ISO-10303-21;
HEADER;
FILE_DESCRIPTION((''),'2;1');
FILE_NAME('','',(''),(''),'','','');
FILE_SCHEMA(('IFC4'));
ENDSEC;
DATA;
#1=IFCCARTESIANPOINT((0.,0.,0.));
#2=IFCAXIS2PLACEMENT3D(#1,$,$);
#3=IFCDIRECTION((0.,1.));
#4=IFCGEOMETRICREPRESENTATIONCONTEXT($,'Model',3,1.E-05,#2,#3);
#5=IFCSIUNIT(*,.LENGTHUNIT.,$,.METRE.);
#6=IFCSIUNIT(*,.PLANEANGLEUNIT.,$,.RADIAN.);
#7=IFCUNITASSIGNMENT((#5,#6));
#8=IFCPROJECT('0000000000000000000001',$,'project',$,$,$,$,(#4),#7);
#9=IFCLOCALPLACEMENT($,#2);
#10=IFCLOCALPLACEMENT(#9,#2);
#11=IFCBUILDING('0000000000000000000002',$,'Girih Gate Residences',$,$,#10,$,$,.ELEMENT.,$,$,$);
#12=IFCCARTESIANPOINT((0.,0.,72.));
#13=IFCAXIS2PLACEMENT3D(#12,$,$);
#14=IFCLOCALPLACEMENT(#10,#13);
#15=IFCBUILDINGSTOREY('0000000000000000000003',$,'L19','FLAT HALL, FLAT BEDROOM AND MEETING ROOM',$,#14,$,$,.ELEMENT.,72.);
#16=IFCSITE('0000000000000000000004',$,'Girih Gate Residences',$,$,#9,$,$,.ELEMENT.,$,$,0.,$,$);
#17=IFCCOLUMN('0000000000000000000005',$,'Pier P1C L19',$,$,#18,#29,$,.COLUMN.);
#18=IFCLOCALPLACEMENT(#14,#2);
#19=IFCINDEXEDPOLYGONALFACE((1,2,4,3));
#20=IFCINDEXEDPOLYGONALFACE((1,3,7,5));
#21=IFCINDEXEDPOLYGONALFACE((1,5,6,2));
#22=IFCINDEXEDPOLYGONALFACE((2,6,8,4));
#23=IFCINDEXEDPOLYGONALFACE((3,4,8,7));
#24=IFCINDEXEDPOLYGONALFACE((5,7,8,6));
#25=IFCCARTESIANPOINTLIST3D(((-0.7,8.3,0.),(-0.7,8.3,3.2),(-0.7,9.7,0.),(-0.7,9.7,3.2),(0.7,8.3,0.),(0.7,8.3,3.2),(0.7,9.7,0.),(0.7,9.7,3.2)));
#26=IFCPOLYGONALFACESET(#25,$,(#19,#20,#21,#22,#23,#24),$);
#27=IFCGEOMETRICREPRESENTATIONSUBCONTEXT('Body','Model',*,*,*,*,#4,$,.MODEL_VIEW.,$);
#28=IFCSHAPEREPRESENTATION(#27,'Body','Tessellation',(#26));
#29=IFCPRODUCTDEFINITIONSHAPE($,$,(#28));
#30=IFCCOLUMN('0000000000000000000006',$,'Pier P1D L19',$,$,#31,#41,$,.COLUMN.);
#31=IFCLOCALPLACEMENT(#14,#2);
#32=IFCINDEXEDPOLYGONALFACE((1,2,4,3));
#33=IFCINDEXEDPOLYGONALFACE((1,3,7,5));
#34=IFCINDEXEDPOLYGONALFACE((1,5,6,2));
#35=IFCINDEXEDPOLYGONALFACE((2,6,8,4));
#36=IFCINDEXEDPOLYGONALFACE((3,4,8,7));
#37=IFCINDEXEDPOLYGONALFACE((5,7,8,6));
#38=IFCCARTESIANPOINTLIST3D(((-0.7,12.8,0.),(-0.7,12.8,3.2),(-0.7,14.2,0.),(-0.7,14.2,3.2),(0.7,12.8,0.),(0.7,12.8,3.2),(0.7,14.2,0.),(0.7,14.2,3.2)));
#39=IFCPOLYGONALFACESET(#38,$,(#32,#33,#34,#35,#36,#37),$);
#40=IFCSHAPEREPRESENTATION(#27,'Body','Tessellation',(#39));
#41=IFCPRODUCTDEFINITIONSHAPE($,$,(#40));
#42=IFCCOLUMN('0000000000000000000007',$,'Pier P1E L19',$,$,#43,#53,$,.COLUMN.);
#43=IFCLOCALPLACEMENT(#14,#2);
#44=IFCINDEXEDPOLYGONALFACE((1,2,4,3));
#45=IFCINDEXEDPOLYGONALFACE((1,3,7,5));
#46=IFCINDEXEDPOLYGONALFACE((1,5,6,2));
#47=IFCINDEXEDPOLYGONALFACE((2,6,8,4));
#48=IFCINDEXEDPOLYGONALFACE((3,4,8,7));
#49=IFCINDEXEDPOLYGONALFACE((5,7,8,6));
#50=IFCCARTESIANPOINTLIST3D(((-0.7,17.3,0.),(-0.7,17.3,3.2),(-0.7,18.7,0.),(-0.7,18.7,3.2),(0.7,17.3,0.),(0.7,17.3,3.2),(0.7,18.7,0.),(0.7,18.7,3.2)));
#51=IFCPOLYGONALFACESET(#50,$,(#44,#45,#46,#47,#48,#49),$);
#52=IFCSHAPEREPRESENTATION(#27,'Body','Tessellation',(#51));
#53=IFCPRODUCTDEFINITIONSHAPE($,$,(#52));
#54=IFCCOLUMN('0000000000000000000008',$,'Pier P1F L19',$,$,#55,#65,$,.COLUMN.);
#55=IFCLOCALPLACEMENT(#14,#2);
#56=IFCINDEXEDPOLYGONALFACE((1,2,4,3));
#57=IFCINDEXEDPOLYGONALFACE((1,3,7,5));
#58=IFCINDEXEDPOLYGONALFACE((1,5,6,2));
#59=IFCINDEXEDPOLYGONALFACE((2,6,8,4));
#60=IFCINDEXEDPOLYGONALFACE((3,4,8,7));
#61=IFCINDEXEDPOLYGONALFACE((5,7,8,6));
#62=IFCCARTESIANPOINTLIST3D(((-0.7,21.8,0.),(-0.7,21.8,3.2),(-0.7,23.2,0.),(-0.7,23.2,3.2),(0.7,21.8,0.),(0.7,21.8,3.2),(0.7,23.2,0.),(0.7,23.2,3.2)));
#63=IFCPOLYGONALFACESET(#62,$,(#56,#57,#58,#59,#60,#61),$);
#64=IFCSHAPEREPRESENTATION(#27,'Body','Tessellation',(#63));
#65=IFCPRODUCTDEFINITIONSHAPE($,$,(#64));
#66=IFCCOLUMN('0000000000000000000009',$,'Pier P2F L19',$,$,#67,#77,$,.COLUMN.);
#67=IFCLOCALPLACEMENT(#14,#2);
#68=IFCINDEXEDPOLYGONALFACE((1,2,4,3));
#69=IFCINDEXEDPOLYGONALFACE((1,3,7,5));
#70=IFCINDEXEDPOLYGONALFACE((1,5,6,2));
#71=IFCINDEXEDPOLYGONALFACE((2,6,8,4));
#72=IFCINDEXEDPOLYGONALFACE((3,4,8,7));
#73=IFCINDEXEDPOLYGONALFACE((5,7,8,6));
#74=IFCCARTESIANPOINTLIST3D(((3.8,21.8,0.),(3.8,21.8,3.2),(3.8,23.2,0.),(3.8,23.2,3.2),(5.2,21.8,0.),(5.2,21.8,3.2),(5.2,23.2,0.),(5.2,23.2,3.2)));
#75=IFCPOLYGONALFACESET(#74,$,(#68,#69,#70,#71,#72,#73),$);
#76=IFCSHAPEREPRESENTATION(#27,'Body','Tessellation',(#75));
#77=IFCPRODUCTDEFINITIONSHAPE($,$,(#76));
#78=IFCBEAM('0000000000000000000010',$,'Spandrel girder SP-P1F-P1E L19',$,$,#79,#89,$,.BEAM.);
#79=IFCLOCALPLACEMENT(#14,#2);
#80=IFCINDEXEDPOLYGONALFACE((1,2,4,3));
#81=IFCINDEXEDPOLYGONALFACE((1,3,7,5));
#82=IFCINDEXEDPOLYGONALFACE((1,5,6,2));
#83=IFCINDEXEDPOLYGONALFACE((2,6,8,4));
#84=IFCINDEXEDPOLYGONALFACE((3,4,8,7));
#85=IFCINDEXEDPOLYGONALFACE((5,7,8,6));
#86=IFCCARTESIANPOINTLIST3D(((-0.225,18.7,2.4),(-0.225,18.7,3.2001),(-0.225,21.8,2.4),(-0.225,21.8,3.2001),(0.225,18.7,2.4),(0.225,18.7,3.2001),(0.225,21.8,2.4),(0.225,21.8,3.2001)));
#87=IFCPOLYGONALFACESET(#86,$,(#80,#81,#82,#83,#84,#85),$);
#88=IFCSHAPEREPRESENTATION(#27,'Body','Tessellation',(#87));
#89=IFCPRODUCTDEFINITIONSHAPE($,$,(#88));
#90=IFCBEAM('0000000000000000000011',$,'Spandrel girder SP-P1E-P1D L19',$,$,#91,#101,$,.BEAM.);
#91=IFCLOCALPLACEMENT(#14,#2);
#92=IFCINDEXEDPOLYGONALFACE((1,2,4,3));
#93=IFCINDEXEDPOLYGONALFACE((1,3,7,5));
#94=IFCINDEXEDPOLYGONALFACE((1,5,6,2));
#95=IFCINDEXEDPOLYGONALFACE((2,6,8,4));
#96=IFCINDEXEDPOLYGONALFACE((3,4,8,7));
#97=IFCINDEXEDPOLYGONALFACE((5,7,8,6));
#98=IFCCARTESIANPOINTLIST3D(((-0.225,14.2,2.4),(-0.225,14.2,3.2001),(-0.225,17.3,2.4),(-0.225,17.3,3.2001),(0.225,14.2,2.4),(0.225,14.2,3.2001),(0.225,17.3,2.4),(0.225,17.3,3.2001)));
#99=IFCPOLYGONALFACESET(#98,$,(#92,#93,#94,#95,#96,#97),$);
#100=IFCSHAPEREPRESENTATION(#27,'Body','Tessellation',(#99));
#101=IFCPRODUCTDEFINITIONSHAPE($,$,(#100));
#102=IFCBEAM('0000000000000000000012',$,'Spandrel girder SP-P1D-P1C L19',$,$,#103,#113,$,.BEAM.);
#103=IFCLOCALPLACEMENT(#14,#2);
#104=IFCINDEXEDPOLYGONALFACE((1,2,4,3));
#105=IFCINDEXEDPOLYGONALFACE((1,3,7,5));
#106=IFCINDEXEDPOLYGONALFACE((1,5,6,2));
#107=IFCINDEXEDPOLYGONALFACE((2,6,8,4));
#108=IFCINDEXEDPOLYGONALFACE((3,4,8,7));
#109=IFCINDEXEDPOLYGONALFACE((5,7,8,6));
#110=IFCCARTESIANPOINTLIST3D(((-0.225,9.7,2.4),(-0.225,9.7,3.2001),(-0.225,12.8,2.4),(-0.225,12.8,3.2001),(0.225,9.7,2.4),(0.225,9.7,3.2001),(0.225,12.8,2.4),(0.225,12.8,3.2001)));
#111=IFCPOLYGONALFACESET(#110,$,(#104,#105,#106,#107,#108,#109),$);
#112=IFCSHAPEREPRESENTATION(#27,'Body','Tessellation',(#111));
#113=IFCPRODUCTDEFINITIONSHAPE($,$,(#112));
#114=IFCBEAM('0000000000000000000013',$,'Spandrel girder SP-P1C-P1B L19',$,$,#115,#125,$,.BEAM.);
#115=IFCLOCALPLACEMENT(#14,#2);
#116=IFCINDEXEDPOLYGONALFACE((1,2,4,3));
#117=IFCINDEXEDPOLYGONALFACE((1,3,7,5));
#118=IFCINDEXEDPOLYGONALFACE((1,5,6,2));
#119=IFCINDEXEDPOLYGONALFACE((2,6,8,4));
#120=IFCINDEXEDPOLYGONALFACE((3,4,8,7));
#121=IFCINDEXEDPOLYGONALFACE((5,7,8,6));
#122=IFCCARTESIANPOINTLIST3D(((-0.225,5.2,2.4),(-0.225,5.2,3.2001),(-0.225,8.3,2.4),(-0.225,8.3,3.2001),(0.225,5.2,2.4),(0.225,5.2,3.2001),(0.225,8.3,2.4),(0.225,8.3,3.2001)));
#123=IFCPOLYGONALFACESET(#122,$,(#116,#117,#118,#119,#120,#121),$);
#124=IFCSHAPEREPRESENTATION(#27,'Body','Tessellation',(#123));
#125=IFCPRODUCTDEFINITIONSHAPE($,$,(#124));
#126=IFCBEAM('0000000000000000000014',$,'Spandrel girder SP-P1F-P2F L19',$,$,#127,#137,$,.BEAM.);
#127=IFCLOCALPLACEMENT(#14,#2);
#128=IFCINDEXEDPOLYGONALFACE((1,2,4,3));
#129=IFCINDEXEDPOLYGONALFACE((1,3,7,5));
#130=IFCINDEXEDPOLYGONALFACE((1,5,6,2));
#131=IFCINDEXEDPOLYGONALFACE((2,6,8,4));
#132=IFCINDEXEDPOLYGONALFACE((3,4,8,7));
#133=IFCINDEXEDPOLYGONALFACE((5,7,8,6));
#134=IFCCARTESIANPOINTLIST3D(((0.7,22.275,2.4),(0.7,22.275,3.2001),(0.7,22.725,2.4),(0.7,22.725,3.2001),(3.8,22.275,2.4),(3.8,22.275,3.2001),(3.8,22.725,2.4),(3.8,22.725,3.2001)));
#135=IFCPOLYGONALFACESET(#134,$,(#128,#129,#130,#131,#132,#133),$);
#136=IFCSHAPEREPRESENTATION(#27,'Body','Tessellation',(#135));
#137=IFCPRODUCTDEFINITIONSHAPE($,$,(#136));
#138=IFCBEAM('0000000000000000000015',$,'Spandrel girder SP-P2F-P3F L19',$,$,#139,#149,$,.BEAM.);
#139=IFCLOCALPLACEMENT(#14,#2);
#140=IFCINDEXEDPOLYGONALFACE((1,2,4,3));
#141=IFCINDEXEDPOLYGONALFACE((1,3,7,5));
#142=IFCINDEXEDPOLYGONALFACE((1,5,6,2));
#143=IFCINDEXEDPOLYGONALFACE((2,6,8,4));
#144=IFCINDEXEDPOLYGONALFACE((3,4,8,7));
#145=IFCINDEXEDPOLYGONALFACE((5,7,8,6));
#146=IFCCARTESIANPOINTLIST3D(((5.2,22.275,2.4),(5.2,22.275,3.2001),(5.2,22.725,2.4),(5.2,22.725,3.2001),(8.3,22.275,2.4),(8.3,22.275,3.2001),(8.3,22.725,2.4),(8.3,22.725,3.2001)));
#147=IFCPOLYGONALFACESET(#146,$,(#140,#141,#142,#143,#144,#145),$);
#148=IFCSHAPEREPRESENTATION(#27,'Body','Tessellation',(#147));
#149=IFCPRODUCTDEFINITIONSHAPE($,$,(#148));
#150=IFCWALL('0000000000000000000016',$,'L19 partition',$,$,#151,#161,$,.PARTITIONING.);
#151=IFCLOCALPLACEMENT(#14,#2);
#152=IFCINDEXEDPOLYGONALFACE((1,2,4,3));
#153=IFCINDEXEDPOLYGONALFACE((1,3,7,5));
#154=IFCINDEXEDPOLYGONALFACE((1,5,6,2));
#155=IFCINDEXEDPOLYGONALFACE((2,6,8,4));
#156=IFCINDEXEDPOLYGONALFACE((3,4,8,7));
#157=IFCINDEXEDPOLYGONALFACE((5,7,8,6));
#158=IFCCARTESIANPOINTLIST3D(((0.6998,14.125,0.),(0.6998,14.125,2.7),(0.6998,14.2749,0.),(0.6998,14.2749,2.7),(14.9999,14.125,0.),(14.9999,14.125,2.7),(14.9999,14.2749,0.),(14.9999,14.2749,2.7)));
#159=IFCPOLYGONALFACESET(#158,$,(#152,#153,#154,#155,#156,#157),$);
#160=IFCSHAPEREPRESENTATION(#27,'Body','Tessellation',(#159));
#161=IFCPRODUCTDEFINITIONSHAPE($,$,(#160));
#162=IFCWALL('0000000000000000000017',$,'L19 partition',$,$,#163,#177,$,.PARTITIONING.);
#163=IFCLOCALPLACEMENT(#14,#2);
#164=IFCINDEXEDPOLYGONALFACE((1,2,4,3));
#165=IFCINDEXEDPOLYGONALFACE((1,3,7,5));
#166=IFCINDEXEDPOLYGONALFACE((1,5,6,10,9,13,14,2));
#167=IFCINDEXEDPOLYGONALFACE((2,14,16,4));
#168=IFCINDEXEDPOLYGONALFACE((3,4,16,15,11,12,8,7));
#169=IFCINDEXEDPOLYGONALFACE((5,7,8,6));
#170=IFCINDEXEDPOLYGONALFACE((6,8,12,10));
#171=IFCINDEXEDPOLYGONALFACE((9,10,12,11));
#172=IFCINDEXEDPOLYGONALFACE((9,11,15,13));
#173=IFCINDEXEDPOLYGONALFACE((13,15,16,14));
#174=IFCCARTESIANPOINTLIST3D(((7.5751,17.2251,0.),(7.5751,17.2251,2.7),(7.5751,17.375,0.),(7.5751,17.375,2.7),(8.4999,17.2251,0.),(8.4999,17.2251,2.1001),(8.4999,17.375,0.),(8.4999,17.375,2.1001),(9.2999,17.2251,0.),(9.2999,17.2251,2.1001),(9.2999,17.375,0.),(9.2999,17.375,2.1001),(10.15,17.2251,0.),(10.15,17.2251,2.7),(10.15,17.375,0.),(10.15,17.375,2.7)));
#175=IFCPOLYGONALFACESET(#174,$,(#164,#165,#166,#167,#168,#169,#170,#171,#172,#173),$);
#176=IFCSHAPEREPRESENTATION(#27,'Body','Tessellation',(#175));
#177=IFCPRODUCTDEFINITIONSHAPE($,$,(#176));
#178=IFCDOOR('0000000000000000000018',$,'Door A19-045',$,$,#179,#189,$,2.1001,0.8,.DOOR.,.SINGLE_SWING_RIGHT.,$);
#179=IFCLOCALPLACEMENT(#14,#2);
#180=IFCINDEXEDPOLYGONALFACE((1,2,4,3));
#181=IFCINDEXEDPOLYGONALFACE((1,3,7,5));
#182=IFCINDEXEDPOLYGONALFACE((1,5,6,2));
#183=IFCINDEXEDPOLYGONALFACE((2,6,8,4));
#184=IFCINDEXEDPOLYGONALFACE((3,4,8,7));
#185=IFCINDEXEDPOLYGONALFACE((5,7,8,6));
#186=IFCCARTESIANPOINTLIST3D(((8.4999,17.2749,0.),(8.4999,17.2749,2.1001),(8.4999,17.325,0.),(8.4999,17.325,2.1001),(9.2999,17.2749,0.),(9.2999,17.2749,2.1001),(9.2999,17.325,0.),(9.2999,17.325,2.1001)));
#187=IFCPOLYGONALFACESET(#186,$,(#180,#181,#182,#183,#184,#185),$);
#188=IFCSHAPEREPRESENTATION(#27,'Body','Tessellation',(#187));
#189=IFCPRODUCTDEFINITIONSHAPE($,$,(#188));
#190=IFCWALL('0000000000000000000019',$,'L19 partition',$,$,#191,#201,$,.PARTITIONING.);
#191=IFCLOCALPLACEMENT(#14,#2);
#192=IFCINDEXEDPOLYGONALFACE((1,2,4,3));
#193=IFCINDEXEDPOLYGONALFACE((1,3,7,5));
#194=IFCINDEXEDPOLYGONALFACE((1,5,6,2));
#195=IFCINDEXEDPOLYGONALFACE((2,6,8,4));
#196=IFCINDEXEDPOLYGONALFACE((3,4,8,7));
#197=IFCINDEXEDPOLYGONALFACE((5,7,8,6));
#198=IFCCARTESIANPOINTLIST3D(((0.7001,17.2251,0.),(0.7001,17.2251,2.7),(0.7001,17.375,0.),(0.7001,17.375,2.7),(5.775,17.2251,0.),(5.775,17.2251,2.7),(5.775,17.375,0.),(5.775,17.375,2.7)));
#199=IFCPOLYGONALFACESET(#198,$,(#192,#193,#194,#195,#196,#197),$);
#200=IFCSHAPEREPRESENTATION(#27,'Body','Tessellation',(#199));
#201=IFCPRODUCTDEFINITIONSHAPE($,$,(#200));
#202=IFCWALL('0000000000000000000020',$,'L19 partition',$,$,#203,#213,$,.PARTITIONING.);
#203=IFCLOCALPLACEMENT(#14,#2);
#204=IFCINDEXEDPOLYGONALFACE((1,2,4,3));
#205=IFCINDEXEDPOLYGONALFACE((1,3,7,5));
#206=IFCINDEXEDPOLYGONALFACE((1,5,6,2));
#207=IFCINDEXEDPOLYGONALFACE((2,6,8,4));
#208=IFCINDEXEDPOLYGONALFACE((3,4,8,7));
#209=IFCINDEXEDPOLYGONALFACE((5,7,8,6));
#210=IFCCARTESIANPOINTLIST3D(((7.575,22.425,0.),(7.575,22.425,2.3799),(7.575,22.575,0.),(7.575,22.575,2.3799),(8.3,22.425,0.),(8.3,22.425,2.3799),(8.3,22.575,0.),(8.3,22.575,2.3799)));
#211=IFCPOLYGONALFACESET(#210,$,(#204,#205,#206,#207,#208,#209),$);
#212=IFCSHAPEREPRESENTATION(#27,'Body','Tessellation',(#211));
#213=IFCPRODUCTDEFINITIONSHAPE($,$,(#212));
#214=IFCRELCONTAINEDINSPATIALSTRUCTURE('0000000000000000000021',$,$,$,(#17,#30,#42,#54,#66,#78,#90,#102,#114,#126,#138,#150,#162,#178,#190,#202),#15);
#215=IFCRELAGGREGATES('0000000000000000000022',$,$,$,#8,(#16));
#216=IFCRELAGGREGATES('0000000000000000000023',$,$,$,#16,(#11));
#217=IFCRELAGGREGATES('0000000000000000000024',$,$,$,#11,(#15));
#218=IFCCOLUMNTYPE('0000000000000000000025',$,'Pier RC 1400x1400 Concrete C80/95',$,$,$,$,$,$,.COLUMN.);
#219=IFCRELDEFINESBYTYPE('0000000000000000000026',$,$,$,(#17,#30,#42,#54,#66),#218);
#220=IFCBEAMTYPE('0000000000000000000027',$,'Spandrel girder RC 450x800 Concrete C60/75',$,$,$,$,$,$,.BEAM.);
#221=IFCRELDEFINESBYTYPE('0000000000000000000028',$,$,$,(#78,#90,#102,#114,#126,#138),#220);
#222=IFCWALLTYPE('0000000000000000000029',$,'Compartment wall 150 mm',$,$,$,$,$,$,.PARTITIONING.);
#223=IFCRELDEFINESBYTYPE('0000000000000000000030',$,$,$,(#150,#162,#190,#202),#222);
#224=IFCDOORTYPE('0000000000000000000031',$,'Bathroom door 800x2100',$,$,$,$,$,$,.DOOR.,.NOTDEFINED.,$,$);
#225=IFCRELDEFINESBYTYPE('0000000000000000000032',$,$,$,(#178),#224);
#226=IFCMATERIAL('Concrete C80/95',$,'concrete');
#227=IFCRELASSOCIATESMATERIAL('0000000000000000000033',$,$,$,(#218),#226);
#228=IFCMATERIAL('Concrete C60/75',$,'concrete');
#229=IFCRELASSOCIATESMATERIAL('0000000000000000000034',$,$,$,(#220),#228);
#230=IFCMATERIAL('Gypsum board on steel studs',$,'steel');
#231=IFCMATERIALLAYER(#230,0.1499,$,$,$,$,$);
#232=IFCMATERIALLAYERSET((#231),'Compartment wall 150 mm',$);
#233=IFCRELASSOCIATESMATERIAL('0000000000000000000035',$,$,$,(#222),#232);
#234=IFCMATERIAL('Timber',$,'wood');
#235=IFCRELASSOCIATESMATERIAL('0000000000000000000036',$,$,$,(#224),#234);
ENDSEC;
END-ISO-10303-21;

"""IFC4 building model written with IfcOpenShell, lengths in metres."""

from ifc_helpers import new_model, si_unit, direction, frame, frame_2d, origin, origin_2d, place, context, subcontext, project, spatial, rectangle, extrude, material, layer, layer_set, material_profile, profile_set, type_object, element, fill, save


model = new_model("IFC4")

# Units and contexts
model_context = context("Model", 3, precision=1e-05, world=origin(), true_north=direction((0.0, 1.0)))
body_context = subcontext(model_context, "Body", "Model", "MODEL_VIEW")
ifc_project = project(units=[si_unit("LENGTHUNIT", "METRE"), si_unit("PLANEANGLEUNIT", "RADIAN")], contexts=[model_context])

# Site, building, storey
site_placement = place(None, origin())
site = spatial("IfcSite", under=ifc_project, at=site_placement, Name="Girih Gate Residences", CompositionType="ELEMENT", RefElevation=0.0)
building_placement = place(site_placement, origin())
building = spatial("IfcBuilding", under=site, at=building_placement, Name="Girih Gate Residences", CompositionType="ELEMENT")
storey_placement = place(building_placement, frame((0.0, 0.0, 72.0)))
storey = spatial("IfcBuildingStorey", under=building, at=storey_placement, Name="L19", Description="FLAT HALL, FLAT BEDROOM AND MEETING ROOM", CompositionType="ELEMENT", Elevation=72.0)

# Columns
ifc_material_1 = material(Name="Concrete C80/95", Category="concrete")
ifc_material_profile_1 = material_profile(ifc_material_1, rectangle(XDim=1.3999, YDim=1.3999, at=origin_2d()))
ifc_profile_set_1 = profile_set([ifc_material_profile_1], Name="Concrete C80/95")
column_type = type_object("IfcColumnType", Name="Pier RC 1400x1400 Concrete C80/95", PredefinedType="COLUMN", material=ifc_profile_set_1)
for number, where, z_axis, x_axis, name in (
    (1, (0.0, 9.0, 0.0), (0.0, 0.0, 1.0), (1.0, 0.0, 0.0), "Pier P1C L19"),
    (2, (0.0, 13.5, 0.0), (0.0, 0.0, 1.0), (1.0, 0.0, 0.0), "Pier P1D L19"),
    (3, (0.0, 18.0, 0.0), (0.0, 0.0, 1.0), (1.0, 0.0, 0.0), "Pier P1E L19"),
    (4, (0.0, 22.5, 0.0), (0.0, 0.0, 1.0), (1.0, 0.0, 0.0), "Pier P1F L19"),
    (5, (4.5, 22.5, 0.0), (0.0, 0.0, 1.0), (1.0, 0.0, 0.0), "Pier P2F L19"),
):
    element("IfcColumn", number, at=place(storey_placement, frame(where, z_axis=z_axis, x_axis=x_axis)), inside=storey, type_object=column_type, Name=name, PredefinedType="COLUMN", context=body_context, shape_type="SweptSolid", body=[
        extrude(rectangle(XDim=1.3999, YDim=1.3999, at=origin_2d()), origin(), (0.0, 0.0, 1.0), 3.2),
    ])

# Beams
ifc_material_2 = material(Name="Concrete C60/75", Category="concrete")
ifc_material_profile_2 = material_profile(ifc_material_2, rectangle(XDim=0.45, YDim=0.8, at=origin_2d()))
ifc_profile_set_2 = profile_set([ifc_material_profile_2], Name="Concrete C60/75")
beam_type = type_object("IfcBeamType", Name="Spandrel girder RC 450x800 Concrete C60/75", PredefinedType="BEAM", material=ifc_profile_set_2)
for number, where, z_axis, x_axis, name in (
    (6, (0.0, 21.8, 2.8), (0.0, -1.0, 0.0), (1.0, 0.0, 0.0), "Spandrel girder SP-P1F-P1E L19"),
    (7, (0.0, 17.3, 2.8), (0.0, -1.0, 0.0), (1.0, 0.0, 0.0), "Spandrel girder SP-P1E-P1D L19"),
    (8, (0.0, 12.8, 2.8), (0.0, -1.0, 0.0), (1.0, 0.0, 0.0), "Spandrel girder SP-P1D-P1C L19"),
    (9, (0.0, 8.3, 2.8), (0.0, -1.0, 0.0), (1.0, 0.0, 0.0), "Spandrel girder SP-P1C-P1B L19"),
    (10, (0.7, 22.5, 2.8), (1.0, 0.0, 0.0), (0.0, 1.0, 0.0), "Spandrel girder SP-P1F-P2F L19"),
    (11, (5.2, 22.5, 2.8), (1.0, 0.0, 0.0), (0.0, 1.0, 0.0), "Spandrel girder SP-P2F-P3F L19"),
):
    element("IfcBeam", number, at=place(storey_placement, frame(where, z_axis=z_axis, x_axis=x_axis)), inside=storey, type_object=beam_type, Name=name, PredefinedType="BEAM", context=body_context, shape_type="SweptSolid", body=[
        extrude(rectangle(XDim=0.45, YDim=0.8, at=origin_2d()), origin(), (0.0, 0.0, 1.0), 3.1001),
    ])

# Wall
ifc_material_3 = material(Name="Gypsum board on steel studs", Category="steel")
ifc_layer_1 = layer(ifc_material_3, 0.1499)
ifc_layer_set_1 = layer_set([ifc_layer_1], Name="Compartment wall 150 mm")
wall_type_1 = type_object("IfcWallType", Name="Compartment wall 150 mm", PredefinedType="PARTITIONING", material=ifc_layer_set_1)
wall_1_placement = place(storey_placement, frame((0.7, 14.2, 0.0), z_axis=(0.0, 0.0, 1.0), x_axis=(1.0, 0.0, 0.0)))
element("IfcWall", 12, at=wall_1_placement, inside=storey, type_object=wall_type_1, Name="L19 partition", PredefinedType="PARTITIONING", context=body_context, shape_type="SweptSolid", body=[
    extrude(rectangle(XDim=14.3, YDim=0.1499, at=frame_2d((7.1499, 0.0))), origin(), (0.0, 0.0, 1.0), 2.7),
])

# Wall, opening, door
wall_2_placement = place(storey_placement, frame((7.575, 17.3, 0.0), z_axis=(0.0, 0.0, 1.0), x_axis=(1.0, 0.0, 0.0)))
wall_2 = element("IfcWall", 13, at=wall_2_placement, inside=storey, type_object=wall_type_1, Name="L19 partition", PredefinedType="PARTITIONING", context=body_context, shape_type="SweptSolid", body=[
    extrude(rectangle(XDim=2.575, YDim=0.1499, at=frame_2d((1.2876, 0.0))), origin(), (0.0, 0.0, 1.0), 2.7),
])
opening_1_placement = place(wall_2_placement, frame((0.925, 0.0, 0.0)))
opening_1 = element("IfcOpeningElement", 14, at=opening_1_placement, cuts=wall_2, PredefinedType="OPENING", context=body_context, shape_type="SweptSolid", body=[
    extrude(rectangle(XDim=0.8, YDim=2.1001, at=frame_2d((0.3999, 1.05))), frame((0.0, 0.085, 0.0), z_axis=(0.0, -1.0, 0.0), x_axis=(1.0, 0.0, 0.0)), (0.0, 0.0, 1.0), 0.1699),
])
ifc_material_4 = material(Name="Timber", Category="wood")
door_type_1 = type_object("IfcDoorType", Name="Bathroom door 800x2100", OperationType="NOTDEFINED", PredefinedType="DOOR", material=ifc_material_4)
door_1_placement = place(opening_1_placement, origin())
door_1 = element("IfcDoor", 15, at=door_1_placement, inside=storey, type_object=door_type_1, Name="Door A19-045", OperationType="SINGLE_SWING_RIGHT", OverallHeight=2.1001, OverallWidth=0.8, PredefinedType="DOOR", context=body_context, shape_type="SweptSolid", body=[
    extrude(rectangle(XDim=0.8, YDim=2.1001, at=frame_2d((0.3999, 1.05))), frame((0.0, 0.0249, 0.0), z_axis=(0.0, -1.0, 0.0), x_axis=(1.0, 0.0, 0.0)), (0.0, 0.0, 1.0), 0.05),
])
fill(opening_1, door_1)

# Walls
wall_3_placement = place(storey_placement, frame((0.7, 17.3, 0.0), z_axis=(0.0, 0.0, 1.0), x_axis=(1.0, 0.0, 0.0)))
element("IfcWall", 16, at=wall_3_placement, inside=storey, type_object=wall_type_1, Name="L19 partition", PredefinedType="PARTITIONING", context=body_context, shape_type="SweptSolid", body=[
    extrude(rectangle(XDim=5.075, YDim=0.1499, at=frame_2d((2.5376, 0.0))), origin(), (0.0, 0.0, 1.0), 2.7),
])
wall_4_placement = place(storey_placement, frame((7.575, 22.5, 0.0), z_axis=(0.0, 0.0, 1.0), x_axis=(1.0, 0.0, 0.0)))
element("IfcWall", 17, at=wall_4_placement, inside=storey, type_object=wall_type_1, Name="L19 partition", PredefinedType="PARTITIONING", context=body_context, shape_type="SweptSolid", body=[
    extrude(rectangle(XDim=0.7251, YDim=0.1499, at=frame_2d((0.3625, 0.0))), origin(), (0.0, 0.0, 1.0), 2.3799),
])

save(model, "model.ifc")
